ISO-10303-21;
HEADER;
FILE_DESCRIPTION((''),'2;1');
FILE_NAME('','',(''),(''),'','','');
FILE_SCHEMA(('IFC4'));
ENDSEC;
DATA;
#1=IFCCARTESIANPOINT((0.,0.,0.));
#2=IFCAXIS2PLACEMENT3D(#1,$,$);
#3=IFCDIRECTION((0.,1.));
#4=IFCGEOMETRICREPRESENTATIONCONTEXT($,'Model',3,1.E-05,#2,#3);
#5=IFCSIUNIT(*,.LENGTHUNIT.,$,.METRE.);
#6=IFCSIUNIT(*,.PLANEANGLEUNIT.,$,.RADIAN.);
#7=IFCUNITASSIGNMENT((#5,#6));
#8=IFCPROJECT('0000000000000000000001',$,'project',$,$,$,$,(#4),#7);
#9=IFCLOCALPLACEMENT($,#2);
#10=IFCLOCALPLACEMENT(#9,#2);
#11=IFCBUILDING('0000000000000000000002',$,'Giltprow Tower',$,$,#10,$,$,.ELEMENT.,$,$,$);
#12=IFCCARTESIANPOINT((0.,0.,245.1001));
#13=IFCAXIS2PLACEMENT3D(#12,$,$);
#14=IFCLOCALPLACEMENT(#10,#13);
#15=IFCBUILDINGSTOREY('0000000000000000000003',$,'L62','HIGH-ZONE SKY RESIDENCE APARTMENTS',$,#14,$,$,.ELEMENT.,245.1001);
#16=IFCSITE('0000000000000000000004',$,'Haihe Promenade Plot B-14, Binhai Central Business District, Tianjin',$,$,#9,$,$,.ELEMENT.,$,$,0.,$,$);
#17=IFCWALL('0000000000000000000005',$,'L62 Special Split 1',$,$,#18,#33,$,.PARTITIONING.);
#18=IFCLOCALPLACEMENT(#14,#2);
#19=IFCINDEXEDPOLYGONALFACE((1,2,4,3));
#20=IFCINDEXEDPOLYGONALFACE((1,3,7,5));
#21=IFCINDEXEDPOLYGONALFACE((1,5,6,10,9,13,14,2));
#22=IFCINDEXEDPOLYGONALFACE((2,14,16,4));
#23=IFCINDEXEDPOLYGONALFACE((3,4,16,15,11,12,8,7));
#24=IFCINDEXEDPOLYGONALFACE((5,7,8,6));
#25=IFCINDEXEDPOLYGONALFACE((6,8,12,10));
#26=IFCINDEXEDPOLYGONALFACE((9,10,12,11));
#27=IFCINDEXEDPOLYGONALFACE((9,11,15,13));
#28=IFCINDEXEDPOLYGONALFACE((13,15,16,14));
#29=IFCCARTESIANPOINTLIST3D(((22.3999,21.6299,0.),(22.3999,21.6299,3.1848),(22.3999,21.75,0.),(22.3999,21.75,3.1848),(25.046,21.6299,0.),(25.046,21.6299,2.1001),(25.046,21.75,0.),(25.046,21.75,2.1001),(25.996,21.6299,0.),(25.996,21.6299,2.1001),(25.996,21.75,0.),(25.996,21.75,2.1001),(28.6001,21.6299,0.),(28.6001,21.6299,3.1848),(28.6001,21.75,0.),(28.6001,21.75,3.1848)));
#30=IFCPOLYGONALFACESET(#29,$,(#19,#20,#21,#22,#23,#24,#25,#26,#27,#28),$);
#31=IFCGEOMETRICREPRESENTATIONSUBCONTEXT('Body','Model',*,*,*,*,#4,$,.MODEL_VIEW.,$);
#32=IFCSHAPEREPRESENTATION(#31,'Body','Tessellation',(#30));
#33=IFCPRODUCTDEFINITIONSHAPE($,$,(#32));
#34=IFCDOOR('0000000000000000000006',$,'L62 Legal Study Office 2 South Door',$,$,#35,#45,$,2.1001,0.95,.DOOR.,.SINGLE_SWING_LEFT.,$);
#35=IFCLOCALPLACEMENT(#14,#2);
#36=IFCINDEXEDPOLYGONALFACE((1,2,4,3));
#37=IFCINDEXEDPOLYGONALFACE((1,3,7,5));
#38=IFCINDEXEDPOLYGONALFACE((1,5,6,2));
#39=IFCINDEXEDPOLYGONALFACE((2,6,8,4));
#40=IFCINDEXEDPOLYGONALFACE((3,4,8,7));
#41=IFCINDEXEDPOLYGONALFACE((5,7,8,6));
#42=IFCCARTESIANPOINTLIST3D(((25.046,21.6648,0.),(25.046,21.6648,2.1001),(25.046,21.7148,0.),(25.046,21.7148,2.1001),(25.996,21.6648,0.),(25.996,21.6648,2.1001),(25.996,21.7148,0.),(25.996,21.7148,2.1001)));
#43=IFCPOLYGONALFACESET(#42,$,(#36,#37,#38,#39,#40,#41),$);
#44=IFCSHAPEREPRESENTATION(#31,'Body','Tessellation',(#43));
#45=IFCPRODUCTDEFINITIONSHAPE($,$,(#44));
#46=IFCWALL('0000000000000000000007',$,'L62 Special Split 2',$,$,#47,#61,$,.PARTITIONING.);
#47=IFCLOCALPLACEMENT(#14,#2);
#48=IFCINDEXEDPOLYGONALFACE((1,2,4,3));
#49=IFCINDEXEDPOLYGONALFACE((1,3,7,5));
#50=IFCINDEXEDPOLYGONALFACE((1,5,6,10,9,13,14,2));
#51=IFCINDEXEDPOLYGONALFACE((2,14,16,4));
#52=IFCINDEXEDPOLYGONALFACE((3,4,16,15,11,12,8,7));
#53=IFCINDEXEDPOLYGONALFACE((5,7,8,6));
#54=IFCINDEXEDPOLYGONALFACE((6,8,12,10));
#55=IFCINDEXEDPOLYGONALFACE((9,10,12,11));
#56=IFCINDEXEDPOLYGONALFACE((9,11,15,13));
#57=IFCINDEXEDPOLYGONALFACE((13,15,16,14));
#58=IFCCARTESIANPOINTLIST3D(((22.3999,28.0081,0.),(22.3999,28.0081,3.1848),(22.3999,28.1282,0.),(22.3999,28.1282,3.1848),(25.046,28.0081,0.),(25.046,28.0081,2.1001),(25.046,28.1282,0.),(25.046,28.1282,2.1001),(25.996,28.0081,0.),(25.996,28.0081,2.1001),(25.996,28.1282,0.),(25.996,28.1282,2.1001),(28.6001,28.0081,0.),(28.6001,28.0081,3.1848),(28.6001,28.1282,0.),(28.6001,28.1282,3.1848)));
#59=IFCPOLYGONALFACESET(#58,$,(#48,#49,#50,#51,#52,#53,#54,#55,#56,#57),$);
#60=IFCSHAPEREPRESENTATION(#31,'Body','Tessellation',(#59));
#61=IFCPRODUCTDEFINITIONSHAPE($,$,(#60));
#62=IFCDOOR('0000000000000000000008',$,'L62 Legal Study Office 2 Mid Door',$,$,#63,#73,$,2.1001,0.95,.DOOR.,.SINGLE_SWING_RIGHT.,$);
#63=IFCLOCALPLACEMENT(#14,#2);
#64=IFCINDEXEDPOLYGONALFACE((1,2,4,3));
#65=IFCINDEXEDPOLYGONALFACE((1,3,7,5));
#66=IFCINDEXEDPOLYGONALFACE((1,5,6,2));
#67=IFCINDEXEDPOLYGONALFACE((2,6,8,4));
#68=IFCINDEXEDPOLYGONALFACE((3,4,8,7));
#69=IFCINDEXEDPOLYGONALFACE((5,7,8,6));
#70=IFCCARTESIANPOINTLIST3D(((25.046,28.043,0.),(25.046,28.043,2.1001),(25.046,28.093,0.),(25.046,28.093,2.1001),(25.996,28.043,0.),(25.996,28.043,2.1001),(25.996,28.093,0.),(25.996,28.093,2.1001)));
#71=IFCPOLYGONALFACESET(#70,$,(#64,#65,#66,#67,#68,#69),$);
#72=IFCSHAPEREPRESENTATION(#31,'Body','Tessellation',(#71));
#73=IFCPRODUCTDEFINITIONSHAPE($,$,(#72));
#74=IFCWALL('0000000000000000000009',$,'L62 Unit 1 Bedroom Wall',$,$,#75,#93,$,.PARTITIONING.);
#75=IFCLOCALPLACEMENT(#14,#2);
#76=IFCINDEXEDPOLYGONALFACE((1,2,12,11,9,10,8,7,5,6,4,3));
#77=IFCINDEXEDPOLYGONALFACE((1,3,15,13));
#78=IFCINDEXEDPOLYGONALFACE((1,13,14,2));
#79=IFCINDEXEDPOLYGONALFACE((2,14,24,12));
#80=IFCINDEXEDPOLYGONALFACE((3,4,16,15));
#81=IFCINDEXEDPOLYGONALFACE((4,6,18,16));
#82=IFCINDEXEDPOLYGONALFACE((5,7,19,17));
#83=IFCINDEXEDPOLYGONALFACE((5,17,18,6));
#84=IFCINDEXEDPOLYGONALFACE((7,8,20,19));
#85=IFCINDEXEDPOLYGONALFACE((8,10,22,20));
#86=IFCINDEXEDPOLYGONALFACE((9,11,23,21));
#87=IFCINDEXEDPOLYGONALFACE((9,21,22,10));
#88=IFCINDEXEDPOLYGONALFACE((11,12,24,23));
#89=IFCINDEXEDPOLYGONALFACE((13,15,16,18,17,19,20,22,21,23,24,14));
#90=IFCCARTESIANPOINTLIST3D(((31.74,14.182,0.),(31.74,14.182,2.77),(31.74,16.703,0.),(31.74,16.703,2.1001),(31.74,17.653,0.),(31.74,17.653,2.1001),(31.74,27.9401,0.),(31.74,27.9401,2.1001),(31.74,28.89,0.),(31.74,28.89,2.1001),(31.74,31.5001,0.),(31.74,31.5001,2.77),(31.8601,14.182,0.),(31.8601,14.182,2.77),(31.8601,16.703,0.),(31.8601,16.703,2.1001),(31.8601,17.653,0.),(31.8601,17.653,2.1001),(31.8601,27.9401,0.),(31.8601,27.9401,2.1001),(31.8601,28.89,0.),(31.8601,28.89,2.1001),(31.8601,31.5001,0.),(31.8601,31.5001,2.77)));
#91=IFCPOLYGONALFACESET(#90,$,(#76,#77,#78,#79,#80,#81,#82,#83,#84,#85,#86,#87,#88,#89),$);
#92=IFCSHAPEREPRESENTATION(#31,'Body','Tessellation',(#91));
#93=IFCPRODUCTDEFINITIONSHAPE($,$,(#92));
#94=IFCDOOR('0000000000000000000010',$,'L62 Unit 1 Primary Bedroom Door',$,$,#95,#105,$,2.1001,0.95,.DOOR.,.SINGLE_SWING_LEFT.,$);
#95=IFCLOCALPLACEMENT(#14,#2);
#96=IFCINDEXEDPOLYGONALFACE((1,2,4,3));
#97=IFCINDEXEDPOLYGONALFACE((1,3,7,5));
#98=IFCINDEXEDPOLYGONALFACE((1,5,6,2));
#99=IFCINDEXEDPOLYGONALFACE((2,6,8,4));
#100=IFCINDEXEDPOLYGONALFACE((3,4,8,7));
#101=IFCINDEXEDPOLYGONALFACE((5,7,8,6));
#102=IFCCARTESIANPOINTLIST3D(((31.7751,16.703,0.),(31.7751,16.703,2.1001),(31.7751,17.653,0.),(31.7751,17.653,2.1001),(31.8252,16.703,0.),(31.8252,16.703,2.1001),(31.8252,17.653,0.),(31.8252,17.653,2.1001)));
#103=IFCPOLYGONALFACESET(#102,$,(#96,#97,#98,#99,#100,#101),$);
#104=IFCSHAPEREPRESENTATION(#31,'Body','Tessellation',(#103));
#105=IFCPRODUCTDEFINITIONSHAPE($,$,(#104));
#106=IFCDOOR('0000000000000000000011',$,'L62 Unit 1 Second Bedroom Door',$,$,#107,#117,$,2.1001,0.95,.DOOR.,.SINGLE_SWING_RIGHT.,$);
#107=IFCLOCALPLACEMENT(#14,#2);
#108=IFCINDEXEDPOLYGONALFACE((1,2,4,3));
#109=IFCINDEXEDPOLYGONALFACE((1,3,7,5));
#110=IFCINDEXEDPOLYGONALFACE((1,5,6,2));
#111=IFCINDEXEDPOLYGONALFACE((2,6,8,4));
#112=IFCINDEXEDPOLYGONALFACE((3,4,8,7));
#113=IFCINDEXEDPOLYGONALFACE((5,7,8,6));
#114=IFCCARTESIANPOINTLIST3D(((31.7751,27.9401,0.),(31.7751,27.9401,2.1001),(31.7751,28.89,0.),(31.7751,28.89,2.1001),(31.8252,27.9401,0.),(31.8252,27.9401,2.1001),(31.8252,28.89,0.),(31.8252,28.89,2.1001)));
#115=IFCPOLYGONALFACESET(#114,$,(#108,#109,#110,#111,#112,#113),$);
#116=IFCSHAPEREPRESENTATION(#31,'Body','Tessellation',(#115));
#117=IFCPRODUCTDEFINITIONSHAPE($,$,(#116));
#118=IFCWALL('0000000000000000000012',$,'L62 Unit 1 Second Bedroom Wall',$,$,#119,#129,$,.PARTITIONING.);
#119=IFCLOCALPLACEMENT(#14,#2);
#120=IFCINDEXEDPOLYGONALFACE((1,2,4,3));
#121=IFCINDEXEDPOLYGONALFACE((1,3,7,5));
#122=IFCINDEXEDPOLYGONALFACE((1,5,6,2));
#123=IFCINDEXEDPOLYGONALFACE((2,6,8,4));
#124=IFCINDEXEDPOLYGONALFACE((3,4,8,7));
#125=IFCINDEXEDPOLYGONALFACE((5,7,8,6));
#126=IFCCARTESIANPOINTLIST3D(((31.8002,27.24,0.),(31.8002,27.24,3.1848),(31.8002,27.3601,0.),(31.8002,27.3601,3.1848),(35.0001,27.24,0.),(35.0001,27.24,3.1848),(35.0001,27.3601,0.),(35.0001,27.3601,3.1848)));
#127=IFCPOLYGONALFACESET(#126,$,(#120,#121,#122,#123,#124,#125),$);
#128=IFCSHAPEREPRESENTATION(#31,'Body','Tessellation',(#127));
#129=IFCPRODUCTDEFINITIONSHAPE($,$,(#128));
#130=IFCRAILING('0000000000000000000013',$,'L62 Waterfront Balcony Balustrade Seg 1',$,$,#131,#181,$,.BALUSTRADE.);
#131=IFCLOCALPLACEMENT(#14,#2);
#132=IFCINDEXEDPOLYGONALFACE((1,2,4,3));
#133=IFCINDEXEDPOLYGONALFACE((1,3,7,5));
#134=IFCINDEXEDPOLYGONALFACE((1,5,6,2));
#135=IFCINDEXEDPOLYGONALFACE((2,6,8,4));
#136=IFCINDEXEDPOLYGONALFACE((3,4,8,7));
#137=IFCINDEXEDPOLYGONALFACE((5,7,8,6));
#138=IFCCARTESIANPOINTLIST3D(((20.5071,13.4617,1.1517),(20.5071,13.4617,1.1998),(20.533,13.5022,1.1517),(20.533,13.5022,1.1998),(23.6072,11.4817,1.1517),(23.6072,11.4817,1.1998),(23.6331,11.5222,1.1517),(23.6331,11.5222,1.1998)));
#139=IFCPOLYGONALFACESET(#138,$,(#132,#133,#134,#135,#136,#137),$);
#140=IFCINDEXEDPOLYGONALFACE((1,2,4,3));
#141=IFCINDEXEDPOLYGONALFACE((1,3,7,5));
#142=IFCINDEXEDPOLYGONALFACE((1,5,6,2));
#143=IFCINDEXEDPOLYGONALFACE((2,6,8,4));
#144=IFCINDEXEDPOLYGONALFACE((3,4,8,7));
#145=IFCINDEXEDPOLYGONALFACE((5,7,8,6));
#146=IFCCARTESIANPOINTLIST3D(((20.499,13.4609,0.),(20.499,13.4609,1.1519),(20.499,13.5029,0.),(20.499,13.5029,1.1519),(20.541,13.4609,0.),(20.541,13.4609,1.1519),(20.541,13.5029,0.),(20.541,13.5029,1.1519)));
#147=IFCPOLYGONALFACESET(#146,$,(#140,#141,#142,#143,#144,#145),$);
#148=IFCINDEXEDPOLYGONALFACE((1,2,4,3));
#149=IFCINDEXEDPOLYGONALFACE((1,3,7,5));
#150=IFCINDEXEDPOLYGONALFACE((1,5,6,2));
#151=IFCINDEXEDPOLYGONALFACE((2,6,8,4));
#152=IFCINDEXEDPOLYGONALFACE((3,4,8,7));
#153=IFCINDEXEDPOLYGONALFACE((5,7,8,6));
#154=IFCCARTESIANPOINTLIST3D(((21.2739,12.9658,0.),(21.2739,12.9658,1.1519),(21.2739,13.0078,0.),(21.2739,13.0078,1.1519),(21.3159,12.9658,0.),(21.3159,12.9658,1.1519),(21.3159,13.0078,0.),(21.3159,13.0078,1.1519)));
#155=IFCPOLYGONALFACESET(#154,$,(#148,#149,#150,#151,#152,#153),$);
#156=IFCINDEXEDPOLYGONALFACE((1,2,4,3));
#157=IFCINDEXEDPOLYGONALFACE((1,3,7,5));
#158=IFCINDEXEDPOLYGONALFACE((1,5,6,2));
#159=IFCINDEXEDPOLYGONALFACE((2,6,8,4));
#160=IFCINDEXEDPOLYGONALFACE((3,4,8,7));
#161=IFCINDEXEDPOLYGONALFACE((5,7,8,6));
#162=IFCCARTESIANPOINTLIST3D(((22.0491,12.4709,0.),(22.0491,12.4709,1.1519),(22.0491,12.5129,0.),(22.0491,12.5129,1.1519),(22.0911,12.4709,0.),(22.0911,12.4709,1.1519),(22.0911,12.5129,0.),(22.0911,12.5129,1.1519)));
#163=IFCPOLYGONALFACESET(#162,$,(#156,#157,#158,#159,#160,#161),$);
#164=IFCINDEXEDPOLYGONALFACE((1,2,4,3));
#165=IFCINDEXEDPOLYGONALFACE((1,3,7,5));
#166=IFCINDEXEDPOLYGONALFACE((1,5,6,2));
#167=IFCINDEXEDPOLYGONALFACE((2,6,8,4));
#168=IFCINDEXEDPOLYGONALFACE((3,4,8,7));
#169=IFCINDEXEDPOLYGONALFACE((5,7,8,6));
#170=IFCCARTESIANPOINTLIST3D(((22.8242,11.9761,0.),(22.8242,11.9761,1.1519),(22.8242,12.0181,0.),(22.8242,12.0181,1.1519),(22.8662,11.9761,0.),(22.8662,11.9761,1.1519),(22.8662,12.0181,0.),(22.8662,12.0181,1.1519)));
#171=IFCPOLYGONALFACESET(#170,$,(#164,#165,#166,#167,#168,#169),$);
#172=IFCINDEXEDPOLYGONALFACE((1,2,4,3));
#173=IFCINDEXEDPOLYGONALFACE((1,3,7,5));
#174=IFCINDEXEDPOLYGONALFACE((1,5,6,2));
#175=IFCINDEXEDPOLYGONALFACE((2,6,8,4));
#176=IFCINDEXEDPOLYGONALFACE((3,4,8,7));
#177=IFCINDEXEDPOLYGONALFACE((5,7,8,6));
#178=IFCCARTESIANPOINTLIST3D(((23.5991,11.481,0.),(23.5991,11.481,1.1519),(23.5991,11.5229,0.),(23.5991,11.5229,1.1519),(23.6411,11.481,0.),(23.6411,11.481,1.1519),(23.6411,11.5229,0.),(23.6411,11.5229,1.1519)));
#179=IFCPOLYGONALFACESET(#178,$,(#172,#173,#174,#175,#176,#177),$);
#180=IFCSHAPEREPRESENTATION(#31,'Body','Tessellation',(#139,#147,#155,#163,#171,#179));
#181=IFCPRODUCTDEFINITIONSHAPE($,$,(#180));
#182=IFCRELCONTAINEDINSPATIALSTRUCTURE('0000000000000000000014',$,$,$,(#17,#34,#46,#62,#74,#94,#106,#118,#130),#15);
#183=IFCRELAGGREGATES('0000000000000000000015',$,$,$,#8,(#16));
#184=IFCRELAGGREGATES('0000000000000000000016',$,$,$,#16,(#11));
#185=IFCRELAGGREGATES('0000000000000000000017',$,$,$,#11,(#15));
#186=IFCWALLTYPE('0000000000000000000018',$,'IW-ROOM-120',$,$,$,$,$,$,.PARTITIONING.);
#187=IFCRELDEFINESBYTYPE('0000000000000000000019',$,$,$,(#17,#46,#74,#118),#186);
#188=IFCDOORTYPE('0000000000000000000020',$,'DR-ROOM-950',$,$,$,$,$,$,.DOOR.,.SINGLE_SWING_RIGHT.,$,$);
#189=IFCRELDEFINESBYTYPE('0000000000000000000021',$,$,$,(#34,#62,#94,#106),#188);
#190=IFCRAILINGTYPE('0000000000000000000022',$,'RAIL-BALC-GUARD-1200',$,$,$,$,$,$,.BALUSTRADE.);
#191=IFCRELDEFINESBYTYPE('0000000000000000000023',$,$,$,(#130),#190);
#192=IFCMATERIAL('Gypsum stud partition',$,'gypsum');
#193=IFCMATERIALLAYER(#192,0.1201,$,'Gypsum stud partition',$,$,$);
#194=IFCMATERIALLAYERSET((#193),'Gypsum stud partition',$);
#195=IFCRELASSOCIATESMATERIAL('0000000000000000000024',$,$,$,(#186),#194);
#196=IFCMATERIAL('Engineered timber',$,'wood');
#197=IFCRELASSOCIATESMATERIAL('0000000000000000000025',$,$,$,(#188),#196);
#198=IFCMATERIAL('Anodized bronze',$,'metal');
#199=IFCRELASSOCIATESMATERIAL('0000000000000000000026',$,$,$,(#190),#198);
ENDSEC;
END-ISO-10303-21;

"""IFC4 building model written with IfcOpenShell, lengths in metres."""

from ifc_helpers import new_model, si_unit, direction, frame, frame_2d, origin, origin_2d, place, context, subcontext, project, spatial, rectangle, extrude, source, transform, mapped, material, layer, layer_set, type_object, element, fill, save


model = new_model("IFC4")

# Units and contexts
model_context = context("Model", 3, precision=1e-05, world=origin(), true_north=direction((0.0, 1.0)))
body_context = subcontext(model_context, "Body", "Model", "MODEL_VIEW")
ifc_project = project(units=[si_unit("LENGTHUNIT", "METRE"), si_unit("PLANEANGLEUNIT", "RADIAN")], contexts=[model_context])

# Site, building, storey
site_placement = place(None, origin())
site = spatial("IfcSite", under=ifc_project, at=site_placement, Name="Haihe Promenade Plot B-14, Binhai Central Business District, Tianjin", CompositionType="ELEMENT", RefElevation=0.0)
building_placement = place(site_placement, origin())
building = spatial("IfcBuilding", under=site, at=building_placement, Name="Giltprow Tower", CompositionType="ELEMENT")
storey_placement = place(building_placement, frame((0.0, 0.0, 245.1001)))
storey = spatial("IfcBuildingStorey", under=building, at=storey_placement, Name="L62", Description="HIGH-ZONE SKY RESIDENCE APARTMENTS", CompositionType="ELEMENT", Elevation=245.1001)

# Shared definitions
ifc_material_1 = material(Name="Gypsum stud partition", Category="gypsum")

# Walls, openings, doors
ifc_layer_1 = layer(ifc_material_1, 0.1201, Name="Gypsum stud partition")
ifc_layer_set_1 = layer_set([ifc_layer_1], Name="Gypsum stud partition")
wall_type_1 = type_object("IfcWallType", Name="IW-ROOM-120", PredefinedType="PARTITIONING", material=ifc_layer_set_1)
wall_1_placement = place(storey_placement, frame((22.3999, 21.6899, 0.0), z_axis=(0.0, 0.0, 1.0), x_axis=(1.0, 0.0, 0.0)))
wall_1 = element("IfcWall", 1, at=wall_1_placement, inside=storey, type_object=wall_type_1, Name="L62 Special Split 1", PredefinedType="PARTITIONING", context=body_context, shape_type="SweptSolid", body=[
    extrude(rectangle(XDim=6.2002, YDim=0.1201, at=frame_2d((3.1001, 0.0))), origin(), (0.0, 0.0, 1.0), 3.1848),
])
opening_1_placement = place(wall_1_placement, frame((2.646, 0.0, 0.0)))
opening_1 = element("IfcOpeningElement", 2, at=opening_1_placement, cuts=wall_1, PredefinedType="OPENING", context=body_context, shape_type="SweptSolid", body=[
    extrude(rectangle(XDim=0.95, YDim=2.1001, at=frame_2d((0.4751, 1.05))), frame((0.0, 0.0701, 0.0), z_axis=(0.0, -1.0, 0.0), x_axis=(1.0, 0.0, 0.0)), (0.0, 0.0, 1.0), 0.1401),
])
ifc_material_2 = material(Name="Engineered timber", Category="wood")
door_type = type_object("IfcDoorType", Name="DR-ROOM-950", OperationType="SINGLE_SWING_RIGHT", PredefinedType="DOOR", material=ifc_material_2)
shared_shape_1 = source(origin(), body_context, "Body", "SweptSolid", [
    extrude(rectangle(XDim=0.95, YDim=2.1001, at=frame_2d((0.4751, 1.05))), frame((0.0, 0.0249, 0.0), z_axis=(0.0, -1.0, 0.0), x_axis=(1.0, 0.0, 0.0)), (0.0, 0.0, 1.0), 0.05),
])
door_1_placement = place(opening_1_placement, origin())
door_1 = element("IfcDoor", 3, at=door_1_placement, inside=storey, type_object=door_type, Name="L62 Legal Study Office 2 South Door", OperationType="SINGLE_SWING_LEFT", OverallHeight=2.1001, OverallWidth=0.95, PredefinedType="DOOR", context=body_context, shape_type="MappedRepresentation", body=[
    mapped(shared_shape_1, transform((0.0, 0.0, 0.0), x_axis=(1.0, 0.0, 0.0), y_axis=(0.0, 1.0, 0.0), z_axis=(0.0, 0.0, 1.0), scale=1.0)),
])
fill(opening_1, door_1)
wall_2_placement = place(storey_placement, frame((22.3999, 28.0681, 0.0), z_axis=(0.0, 0.0, 1.0), x_axis=(1.0, 0.0, 0.0)))
wall_2 = element("IfcWall", 4, at=wall_2_placement, inside=storey, type_object=wall_type_1, Name="L62 Special Split 2", PredefinedType="PARTITIONING", context=body_context, shape_type="SweptSolid", body=[
    extrude(rectangle(XDim=6.2002, YDim=0.1201, at=frame_2d((3.1001, 0.0))), origin(), (0.0, 0.0, 1.0), 3.1848),
])
opening_2_placement = place(wall_2_placement, frame((2.646, 0.0, 0.0)))
opening_2 = element("IfcOpeningElement", 5, at=opening_2_placement, cuts=wall_2, PredefinedType="OPENING", context=body_context, shape_type="SweptSolid", body=[
    extrude(rectangle(XDim=0.95, YDim=2.1001, at=frame_2d((0.4751, 1.05))), frame((0.0, 0.0701, 0.0), z_axis=(0.0, -1.0, 0.0), x_axis=(1.0, 0.0, 0.0)), (0.0, 0.0, 1.0), 0.1401),
])
door_2_placement = place(opening_2_placement, origin())
door_2 = element("IfcDoor", 6, at=door_2_placement, inside=storey, type_object=door_type, Name="L62 Legal Study Office 2 Mid Door", OperationType="SINGLE_SWING_RIGHT", OverallHeight=2.1001, OverallWidth=0.95, PredefinedType="DOOR", context=body_context, shape_type="MappedRepresentation", body=[
    mapped(shared_shape_1, transform((0.0, 0.0, 0.0), x_axis=(1.0, 0.0, 0.0), y_axis=(0.0, 1.0, 0.0), z_axis=(0.0, 0.0, 1.0), scale=1.0)),
])
fill(opening_2, door_2)

# Wall, openings, doors
wall_3_placement = place(storey_placement, frame((31.8, 14.1819, 0.0), z_axis=(0.0, 0.0, 1.0), x_axis=(0.0, 1.0, 0.0)))
wall_3 = element("IfcWall", 7, at=wall_3_placement, inside=storey, type_object=wall_type_1, Name="L62 Unit 1 Bedroom Wall", PredefinedType="PARTITIONING", context=body_context, shape_type="SweptSolid", body=[
    extrude(rectangle(XDim=17.3181, YDim=0.1201, at=frame_2d((8.6592, 0.0))), origin(), (0.0, 0.0, 1.0), 2.77),
])
opening_3_placement = place(wall_3_placement, frame((2.521, 0.0, 0.0)))
opening_3 = element("IfcOpeningElement", 8, at=opening_3_placement, cuts=wall_3, PredefinedType="OPENING", context=body_context, shape_type="SweptSolid", body=[
    extrude(rectangle(XDim=0.95, YDim=2.1001, at=frame_2d((0.4751, 1.05))), frame((0.0, 0.0701, 0.0), z_axis=(0.0, -1.0, 0.0), x_axis=(1.0, 0.0, 0.0)), (0.0, 0.0, 1.0), 0.1401),
])
opening_4_placement = place(wall_3_placement, frame((13.7581, 0.0, 0.0)))
opening_4 = element("IfcOpeningElement", 9, at=opening_4_placement, cuts=wall_3, PredefinedType="OPENING", context=body_context, shape_type="SweptSolid", body=[
    extrude(rectangle(XDim=0.95, YDim=2.1001, at=frame_2d((0.4751, 1.05))), frame((0.0, 0.0701, 0.0), z_axis=(0.0, -1.0, 0.0), x_axis=(1.0, 0.0, 0.0)), (0.0, 0.0, 1.0), 0.1401),
])
door_3_placement = place(opening_3_placement, origin())
door_3 = element("IfcDoor", 10, at=door_3_placement, inside=storey, type_object=door_type, Name="L62 Unit 1 Primary Bedroom Door", OperationType="SINGLE_SWING_LEFT", OverallHeight=2.1001, OverallWidth=0.95, PredefinedType="DOOR", context=body_context, shape_type="MappedRepresentation", body=[
    mapped(shared_shape_1, transform((0.0, 0.0, 0.0), x_axis=(1.0, 0.0, 0.0), y_axis=(0.0, 1.0, 0.0), z_axis=(0.0, 0.0, 1.0), scale=1.0)),
])
fill(opening_3, door_3)
door_4_placement = place(opening_4_placement, origin())
door_4 = element("IfcDoor", 11, at=door_4_placement, inside=storey, type_object=door_type, Name="L62 Unit 1 Second Bedroom Door", OperationType="SINGLE_SWING_RIGHT", OverallHeight=2.1001, OverallWidth=0.95, PredefinedType="DOOR", context=body_context, shape_type="MappedRepresentation", body=[
    mapped(shared_shape_1, transform((0.0, 0.0, 0.0), x_axis=(1.0, 0.0, 0.0), y_axis=(0.0, 1.0, 0.0), z_axis=(0.0, 0.0, 1.0), scale=1.0)),
])
fill(opening_4, door_4)

# Wall
wall_4_placement = place(storey_placement, frame((31.8, 27.3, 0.0), z_axis=(0.0, 0.0, 1.0), x_axis=(1.0, 0.0, 0.0)))
element("IfcWall", 12, at=wall_4_placement, inside=storey, type_object=wall_type_1, Name="L62 Unit 1 Second Bedroom Wall", PredefinedType="PARTITIONING", context=body_context, shape_type="SweptSolid", body=[
    extrude(rectangle(XDim=3.2, YDim=0.1201, at=frame_2d((1.6001, 0.0))), origin(), (0.0, 0.0, 1.0), 3.1848),
])

# Railing
ifc_material_3 = material(Name="Anodized bronze", Category="metal")
railing_type = type_object("IfcRailingType", Name="RAIL-BALC-GUARD-1200", PredefinedType="BALUSTRADE", material=ifc_material_3)
railing_1_placement = place(storey_placement, frame((20.52, 13.4819, 0.0)))
element("IfcRailing", 13, at=railing_1_placement, inside=storey, type_object=railing_type, Name="L62 Waterfront Balcony Balustrade Seg 1", PredefinedType="BALUSTRADE", context=body_context, shape_type="SweptSolid", body=[
    extrude(rectangle(XDim=0.0481, YDim=0.0481, at=origin_2d()), frame((0.0, 0.0, 1.1758), z_axis=(0.842775, -0.538266, 0.0), x_axis=(0.538266, 0.842775, 0.0)), (0.0, 0.0, 1.0), 3.6785),
    extrude(rectangle(XDim=0.042, YDim=0.042, at=origin_2d()), origin(), (0.0, 0.0, 1.0), 1.1519),
    extrude(rectangle(XDim=0.042, YDim=0.042, at=origin_2d()), frame((0.7749, -0.4951, 0.0)), (0.0, 0.0, 1.0), 1.1519),
    extrude(rectangle(XDim=0.042, YDim=0.042, at=origin_2d()), frame((1.55, -0.99, 0.0)), (0.0, 0.0, 1.0), 1.1519),
    extrude(rectangle(XDim=0.042, YDim=0.042, at=origin_2d()), frame((2.3252, -1.4849, 0.0)), (0.0, 0.0, 1.0), 1.1519),
    extrude(rectangle(XDim=0.042, YDim=0.042, at=origin_2d()), frame((3.1001, -1.98, 0.0)), (0.0, 0.0, 1.0), 1.1519),
])

save(model, "model.ifc")
